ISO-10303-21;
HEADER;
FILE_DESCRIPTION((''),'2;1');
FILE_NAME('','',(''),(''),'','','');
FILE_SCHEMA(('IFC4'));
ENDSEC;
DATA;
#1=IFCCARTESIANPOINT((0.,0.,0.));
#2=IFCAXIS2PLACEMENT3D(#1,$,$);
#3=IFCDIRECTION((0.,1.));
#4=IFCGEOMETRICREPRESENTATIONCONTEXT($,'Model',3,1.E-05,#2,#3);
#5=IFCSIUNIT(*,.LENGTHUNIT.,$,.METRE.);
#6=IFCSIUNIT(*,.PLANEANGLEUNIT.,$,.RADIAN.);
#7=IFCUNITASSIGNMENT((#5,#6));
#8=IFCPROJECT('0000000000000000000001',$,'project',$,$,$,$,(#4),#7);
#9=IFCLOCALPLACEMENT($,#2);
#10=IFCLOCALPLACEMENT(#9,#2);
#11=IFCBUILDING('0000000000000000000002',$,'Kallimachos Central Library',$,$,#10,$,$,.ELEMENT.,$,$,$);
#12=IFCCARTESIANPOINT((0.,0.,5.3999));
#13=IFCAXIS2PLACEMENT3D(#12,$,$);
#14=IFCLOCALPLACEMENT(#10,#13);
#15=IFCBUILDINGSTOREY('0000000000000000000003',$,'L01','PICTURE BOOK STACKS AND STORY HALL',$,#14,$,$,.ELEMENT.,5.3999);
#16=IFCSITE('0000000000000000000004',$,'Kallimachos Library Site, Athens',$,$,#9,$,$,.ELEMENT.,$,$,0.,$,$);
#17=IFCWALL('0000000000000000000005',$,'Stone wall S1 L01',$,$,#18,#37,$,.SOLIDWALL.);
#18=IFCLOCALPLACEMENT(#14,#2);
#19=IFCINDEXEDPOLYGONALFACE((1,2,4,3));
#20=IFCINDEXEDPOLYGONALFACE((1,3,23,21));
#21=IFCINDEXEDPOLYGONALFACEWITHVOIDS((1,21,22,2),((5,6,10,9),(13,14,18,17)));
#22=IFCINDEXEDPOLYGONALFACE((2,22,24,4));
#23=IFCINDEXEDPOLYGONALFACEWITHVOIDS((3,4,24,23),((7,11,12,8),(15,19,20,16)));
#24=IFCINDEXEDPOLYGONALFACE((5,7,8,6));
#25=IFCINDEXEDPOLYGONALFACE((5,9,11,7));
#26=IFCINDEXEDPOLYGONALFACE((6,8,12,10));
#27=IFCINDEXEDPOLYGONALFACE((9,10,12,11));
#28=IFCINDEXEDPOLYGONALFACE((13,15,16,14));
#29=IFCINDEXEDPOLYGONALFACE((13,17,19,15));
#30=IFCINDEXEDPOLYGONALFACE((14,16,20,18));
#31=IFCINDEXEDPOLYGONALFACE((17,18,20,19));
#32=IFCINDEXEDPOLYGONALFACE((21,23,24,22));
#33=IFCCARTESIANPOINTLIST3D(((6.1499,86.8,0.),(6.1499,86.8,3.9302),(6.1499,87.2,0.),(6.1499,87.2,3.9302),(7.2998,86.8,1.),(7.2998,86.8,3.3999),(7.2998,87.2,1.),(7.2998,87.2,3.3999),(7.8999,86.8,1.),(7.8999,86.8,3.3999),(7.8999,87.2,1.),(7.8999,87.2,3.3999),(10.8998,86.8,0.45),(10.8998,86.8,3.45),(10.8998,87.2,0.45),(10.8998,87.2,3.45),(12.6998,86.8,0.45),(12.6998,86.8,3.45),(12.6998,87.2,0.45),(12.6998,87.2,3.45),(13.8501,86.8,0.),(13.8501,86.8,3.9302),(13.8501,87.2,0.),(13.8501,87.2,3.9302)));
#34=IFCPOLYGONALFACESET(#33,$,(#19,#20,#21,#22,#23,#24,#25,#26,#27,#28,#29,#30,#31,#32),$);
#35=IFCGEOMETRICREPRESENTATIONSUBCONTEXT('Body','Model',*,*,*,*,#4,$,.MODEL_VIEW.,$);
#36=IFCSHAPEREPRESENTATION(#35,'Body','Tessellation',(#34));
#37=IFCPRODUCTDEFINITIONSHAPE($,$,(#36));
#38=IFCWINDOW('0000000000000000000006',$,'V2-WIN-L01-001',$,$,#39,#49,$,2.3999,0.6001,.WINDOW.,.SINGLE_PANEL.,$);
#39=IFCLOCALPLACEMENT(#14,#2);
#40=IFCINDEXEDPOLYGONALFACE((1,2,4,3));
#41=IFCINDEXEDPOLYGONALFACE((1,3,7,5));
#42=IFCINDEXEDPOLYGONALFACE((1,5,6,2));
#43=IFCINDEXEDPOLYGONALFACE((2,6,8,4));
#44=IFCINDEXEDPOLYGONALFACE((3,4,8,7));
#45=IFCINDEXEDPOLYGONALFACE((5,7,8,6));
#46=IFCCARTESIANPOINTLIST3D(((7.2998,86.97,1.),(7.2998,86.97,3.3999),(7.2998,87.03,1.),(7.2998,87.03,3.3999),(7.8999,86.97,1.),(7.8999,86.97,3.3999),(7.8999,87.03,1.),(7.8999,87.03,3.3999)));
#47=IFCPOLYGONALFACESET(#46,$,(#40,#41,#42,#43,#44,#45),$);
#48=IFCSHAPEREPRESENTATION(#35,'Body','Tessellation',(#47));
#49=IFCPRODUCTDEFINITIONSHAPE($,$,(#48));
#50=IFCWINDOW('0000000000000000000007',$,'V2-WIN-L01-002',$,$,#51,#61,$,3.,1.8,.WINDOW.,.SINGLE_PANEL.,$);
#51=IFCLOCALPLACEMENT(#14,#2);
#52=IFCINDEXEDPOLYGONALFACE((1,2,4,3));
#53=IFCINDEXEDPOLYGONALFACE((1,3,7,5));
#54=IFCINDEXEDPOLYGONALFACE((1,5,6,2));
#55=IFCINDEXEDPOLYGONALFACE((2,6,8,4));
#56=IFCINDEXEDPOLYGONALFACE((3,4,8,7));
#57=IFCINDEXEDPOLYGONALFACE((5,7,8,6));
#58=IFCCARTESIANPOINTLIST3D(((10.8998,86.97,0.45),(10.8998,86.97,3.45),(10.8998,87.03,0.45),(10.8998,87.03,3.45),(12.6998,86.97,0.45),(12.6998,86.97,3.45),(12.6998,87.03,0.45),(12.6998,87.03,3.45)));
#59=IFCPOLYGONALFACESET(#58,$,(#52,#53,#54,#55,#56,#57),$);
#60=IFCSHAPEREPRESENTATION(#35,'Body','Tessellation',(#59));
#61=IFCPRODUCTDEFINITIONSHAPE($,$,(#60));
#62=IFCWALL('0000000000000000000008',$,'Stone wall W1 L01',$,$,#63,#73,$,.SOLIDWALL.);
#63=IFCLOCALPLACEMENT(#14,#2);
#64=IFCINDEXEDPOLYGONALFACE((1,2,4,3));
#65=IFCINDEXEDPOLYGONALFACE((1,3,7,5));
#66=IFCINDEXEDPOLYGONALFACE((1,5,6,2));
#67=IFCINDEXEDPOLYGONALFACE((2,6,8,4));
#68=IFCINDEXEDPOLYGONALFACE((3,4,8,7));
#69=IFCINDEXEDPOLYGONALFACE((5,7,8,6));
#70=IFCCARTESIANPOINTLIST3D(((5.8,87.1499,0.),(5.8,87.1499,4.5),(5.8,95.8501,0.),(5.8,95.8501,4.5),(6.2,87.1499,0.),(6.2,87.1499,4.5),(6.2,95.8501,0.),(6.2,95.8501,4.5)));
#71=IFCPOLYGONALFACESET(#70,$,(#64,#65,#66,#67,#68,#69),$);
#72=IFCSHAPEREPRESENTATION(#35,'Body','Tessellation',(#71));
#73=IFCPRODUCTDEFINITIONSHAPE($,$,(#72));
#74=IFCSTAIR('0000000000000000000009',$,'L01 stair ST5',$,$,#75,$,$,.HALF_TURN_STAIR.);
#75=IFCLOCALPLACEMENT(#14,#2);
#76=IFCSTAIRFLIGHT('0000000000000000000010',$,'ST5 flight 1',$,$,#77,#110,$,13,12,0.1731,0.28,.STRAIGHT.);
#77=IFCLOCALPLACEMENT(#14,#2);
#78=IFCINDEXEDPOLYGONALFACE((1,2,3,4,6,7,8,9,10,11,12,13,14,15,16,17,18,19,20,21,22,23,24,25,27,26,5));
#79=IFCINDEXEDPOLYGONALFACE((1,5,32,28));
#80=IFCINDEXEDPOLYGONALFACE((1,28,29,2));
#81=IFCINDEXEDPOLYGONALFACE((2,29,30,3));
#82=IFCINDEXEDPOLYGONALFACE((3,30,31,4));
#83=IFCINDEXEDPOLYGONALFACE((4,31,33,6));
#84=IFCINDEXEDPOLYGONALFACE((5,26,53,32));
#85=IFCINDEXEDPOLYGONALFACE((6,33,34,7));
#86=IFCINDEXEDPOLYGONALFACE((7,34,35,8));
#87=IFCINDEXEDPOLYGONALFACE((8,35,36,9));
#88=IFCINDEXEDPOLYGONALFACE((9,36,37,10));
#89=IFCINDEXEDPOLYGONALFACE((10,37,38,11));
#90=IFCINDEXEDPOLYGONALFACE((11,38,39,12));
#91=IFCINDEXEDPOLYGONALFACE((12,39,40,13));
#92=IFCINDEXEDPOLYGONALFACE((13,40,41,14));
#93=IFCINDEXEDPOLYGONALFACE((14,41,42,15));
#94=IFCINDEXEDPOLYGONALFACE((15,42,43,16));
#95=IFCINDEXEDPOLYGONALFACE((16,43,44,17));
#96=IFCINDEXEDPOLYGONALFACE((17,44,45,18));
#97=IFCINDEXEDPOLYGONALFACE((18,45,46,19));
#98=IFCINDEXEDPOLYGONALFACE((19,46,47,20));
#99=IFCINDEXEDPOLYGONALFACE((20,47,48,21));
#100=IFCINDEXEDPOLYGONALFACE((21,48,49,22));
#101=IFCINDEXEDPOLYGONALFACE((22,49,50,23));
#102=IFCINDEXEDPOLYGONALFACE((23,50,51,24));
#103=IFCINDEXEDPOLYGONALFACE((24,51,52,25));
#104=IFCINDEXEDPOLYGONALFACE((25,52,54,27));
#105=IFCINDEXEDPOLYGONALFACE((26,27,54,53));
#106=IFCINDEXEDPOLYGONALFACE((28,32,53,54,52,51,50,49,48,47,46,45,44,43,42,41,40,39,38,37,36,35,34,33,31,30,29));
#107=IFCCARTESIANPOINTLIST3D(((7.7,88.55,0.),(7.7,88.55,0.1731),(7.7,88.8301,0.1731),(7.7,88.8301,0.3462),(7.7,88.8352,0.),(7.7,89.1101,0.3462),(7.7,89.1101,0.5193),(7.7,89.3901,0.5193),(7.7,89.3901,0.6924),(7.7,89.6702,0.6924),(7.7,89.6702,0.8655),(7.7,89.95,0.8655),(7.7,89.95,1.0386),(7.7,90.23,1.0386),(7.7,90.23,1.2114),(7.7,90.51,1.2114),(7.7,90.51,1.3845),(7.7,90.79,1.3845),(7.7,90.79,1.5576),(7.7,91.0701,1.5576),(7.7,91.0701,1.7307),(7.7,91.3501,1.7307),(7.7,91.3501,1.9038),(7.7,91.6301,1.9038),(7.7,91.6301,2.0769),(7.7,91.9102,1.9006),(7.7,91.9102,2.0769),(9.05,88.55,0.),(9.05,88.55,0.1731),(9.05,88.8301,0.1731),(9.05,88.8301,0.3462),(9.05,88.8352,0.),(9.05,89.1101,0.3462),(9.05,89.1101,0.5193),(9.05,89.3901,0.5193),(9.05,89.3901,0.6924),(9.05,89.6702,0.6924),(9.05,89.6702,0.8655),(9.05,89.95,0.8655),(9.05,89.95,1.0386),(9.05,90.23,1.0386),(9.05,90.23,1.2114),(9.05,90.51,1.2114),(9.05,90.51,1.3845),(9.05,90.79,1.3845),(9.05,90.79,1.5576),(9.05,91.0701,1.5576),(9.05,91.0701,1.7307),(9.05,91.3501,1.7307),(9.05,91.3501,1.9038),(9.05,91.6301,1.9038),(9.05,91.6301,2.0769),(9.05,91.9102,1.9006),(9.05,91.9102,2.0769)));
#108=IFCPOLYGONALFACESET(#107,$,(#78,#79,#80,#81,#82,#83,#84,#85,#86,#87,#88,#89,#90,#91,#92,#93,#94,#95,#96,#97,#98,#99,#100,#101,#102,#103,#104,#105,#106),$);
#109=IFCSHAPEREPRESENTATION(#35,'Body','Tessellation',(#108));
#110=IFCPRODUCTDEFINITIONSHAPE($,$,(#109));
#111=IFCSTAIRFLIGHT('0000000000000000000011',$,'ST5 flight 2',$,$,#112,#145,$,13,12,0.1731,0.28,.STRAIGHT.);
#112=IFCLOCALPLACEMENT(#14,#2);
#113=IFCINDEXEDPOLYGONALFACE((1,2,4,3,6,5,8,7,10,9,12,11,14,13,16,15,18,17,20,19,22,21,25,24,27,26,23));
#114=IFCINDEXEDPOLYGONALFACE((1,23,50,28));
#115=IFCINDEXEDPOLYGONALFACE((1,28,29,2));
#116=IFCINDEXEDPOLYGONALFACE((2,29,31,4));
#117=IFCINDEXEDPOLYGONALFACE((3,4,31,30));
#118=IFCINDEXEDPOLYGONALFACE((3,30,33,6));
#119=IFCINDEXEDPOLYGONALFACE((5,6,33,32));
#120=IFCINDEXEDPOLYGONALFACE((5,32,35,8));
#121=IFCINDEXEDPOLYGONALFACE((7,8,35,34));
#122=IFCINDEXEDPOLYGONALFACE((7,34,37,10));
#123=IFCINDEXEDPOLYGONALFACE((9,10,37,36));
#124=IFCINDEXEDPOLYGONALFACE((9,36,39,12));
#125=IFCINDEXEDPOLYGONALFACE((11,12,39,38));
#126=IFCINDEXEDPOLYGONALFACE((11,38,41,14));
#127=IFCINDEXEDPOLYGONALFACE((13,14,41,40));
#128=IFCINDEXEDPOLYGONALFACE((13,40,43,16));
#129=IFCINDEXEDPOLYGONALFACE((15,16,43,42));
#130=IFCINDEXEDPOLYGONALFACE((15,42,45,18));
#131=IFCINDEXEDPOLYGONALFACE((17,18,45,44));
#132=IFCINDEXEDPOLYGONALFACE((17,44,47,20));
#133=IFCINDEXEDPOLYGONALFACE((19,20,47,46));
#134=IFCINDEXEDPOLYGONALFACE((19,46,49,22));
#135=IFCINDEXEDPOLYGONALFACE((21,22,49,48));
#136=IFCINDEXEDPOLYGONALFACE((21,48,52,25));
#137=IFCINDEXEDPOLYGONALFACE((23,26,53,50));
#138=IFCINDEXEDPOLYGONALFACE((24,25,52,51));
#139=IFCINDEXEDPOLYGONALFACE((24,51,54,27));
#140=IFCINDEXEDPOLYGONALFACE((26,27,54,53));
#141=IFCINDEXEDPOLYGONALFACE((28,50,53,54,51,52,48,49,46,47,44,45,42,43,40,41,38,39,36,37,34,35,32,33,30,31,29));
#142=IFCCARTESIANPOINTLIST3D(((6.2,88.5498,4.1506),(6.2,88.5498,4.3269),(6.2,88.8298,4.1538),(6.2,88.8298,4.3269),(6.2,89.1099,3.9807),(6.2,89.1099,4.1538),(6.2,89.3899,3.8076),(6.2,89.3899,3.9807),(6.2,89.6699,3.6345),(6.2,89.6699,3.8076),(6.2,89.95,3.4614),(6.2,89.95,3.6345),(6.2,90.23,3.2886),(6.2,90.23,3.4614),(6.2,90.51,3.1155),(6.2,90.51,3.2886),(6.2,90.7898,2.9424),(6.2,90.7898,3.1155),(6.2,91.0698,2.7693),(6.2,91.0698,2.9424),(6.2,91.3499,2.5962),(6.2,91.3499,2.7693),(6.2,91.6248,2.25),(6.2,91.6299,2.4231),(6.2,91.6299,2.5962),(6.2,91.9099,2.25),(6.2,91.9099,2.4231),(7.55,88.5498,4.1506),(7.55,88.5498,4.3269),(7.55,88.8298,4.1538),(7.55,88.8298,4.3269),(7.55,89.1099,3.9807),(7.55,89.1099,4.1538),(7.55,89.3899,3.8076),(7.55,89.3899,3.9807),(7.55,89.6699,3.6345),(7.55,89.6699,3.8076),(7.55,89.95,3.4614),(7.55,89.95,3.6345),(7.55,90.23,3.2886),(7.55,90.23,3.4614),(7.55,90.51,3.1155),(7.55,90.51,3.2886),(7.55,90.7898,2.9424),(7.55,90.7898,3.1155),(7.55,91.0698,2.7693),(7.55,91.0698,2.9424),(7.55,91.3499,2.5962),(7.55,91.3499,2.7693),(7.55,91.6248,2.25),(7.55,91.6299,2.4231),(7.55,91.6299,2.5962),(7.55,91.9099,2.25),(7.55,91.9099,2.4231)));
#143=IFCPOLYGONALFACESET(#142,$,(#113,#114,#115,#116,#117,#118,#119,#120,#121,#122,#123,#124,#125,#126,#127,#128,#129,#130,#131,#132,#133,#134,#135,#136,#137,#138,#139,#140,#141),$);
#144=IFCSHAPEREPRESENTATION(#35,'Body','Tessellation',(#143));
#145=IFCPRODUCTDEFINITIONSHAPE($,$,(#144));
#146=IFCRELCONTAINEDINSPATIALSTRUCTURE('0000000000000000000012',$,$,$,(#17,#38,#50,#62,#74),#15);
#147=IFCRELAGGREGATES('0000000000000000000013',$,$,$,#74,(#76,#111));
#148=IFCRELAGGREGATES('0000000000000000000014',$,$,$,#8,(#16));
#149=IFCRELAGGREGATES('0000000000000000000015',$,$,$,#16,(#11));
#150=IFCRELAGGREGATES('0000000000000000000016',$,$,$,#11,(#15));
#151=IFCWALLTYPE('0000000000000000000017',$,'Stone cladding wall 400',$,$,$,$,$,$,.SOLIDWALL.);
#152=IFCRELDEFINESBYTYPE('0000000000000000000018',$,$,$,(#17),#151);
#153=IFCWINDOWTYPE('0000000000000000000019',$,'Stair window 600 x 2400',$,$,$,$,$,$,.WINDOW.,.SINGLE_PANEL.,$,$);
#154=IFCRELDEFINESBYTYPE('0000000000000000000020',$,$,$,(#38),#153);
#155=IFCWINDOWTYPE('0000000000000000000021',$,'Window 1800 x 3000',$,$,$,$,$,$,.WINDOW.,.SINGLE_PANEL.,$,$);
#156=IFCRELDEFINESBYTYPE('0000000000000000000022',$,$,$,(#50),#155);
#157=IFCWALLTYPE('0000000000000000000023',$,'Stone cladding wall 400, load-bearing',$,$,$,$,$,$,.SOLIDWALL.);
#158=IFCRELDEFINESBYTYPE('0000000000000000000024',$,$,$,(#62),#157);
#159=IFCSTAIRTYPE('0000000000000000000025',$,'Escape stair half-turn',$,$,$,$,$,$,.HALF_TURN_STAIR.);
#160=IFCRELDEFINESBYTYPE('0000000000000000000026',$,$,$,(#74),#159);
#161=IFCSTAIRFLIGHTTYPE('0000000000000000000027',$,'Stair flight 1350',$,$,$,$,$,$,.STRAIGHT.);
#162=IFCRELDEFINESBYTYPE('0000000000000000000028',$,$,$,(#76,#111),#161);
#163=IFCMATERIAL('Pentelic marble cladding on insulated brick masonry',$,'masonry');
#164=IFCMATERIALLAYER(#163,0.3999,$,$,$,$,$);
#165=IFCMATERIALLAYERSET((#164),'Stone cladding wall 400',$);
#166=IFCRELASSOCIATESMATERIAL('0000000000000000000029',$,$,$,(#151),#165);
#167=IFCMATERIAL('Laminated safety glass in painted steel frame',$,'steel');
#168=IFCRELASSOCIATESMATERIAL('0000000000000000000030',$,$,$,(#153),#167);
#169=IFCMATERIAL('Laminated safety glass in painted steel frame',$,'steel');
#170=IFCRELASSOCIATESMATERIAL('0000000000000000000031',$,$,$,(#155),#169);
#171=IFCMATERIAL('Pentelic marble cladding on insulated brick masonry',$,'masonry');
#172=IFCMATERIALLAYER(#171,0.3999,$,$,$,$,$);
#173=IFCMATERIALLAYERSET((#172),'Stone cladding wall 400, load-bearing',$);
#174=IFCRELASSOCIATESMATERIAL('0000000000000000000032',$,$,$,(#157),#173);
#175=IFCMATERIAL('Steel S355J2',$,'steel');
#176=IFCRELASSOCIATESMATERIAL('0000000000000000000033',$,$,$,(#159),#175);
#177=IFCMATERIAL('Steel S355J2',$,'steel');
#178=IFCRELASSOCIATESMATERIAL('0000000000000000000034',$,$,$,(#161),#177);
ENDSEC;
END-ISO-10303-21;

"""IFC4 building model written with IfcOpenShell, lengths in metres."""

from ifc_helpers import new_model, si_unit, direction, frame, frame_2d, origin, place, context, subcontext, project, spatial, polyline, rectangle, outline, extrude, material, layer, layer_set, type_object, element, fill, aggregate, save


model = new_model("IFC4")

# Units and contexts
model_context = context("Model", 3, precision=1e-05, world=origin(), true_north=direction((0.0, 1.0)))
body_context = subcontext(model_context, "Body", "Model", "MODEL_VIEW")
ifc_project = project(units=[si_unit("LENGTHUNIT", "METRE"), si_unit("PLANEANGLEUNIT", "RADIAN")], contexts=[model_context])

# Site, building, storey
site_placement = place(None, origin())
site = spatial("IfcSite", under=ifc_project, at=site_placement, Name="Kallimachos Library Site, Athens", CompositionType="ELEMENT", RefElevation=0.0)
building_placement = place(site_placement, origin())
building = spatial("IfcBuilding", under=site, at=building_placement, Name="Kallimachos Central Library", CompositionType="ELEMENT")
storey_placement = place(building_placement, frame((0.0, 0.0, 5.3999)))
storey = spatial("IfcBuildingStorey", under=building, at=storey_placement, Name="L01", Description="PICTURE BOOK STACKS AND STORY HALL", CompositionType="ELEMENT", Elevation=5.3999)

# Wall, openings, windows
ifc_material_1 = material(Name="Pentelic marble cladding on insulated brick masonry", Category="masonry")
ifc_layer_1 = layer(ifc_material_1, 0.3999)
ifc_layer_set_1 = layer_set([ifc_layer_1], Name="Stone cladding wall 400")
wall_type_1 = type_object("IfcWallType", Name="Stone cladding wall 400", PredefinedType="SOLIDWALL", material=ifc_layer_set_1)
wall_1_placement = place(storey_placement, frame((6.1499, 87.0, 0.0), z_axis=(0.0, 0.0, 1.0), x_axis=(1.0, 0.0, 0.0)))
wall_1 = element("IfcWall", 1, at=wall_1_placement, inside=storey, type_object=wall_type_1, Name="Stone wall S1 L01", PredefinedType="SOLIDWALL", context=body_context, shape_type="SweptSolid", body=[
    extrude(rectangle(XDim=7.7002, YDim=0.3999, at=frame_2d((3.8501, 0.0))), origin(), (0.0, 0.0, 1.0), 3.9302),
])
opening_1_placement = place(wall_1_placement, frame((1.1499, 0.0, 1.0)))
opening_1 = element("IfcOpeningElement", 2, at=opening_1_placement, cuts=wall_1, PredefinedType="OPENING", context=body_context, shape_type="SweptSolid", body=[
    extrude(rectangle(XDim=0.6001, YDim=2.3999, at=frame_2d((0.3, 1.2))), frame((0.0, 0.21, 0.0), z_axis=(0.0, -1.0, 0.0), x_axis=(1.0, 0.0, 0.0)), (0.0, 0.0, 1.0), 0.4199),
])
opening_2_placement = place(wall_1_placement, frame((4.75, 0.0, 0.45)))
opening_2 = element("IfcOpeningElement", 3, at=opening_2_placement, cuts=wall_1, PredefinedType="OPENING", context=body_context, shape_type="SweptSolid", body=[
    extrude(rectangle(XDim=1.8, YDim=3.0, at=frame_2d((0.8999, 1.5))), frame((0.0, 0.21, 0.0), z_axis=(0.0, -1.0, 0.0), x_axis=(1.0, 0.0, 0.0)), (0.0, 0.0, 1.0), 0.4199),
])
ifc_material_2 = material(Name="Laminated safety glass in painted steel frame", Category="steel")
window_type_1 = type_object("IfcWindowType", Name="Stair window 600 x 2400", PartitioningType="SINGLE_PANEL", PredefinedType="WINDOW", material=ifc_material_2)
window_1_placement = place(opening_1_placement, origin())
window_1 = element("IfcWindow", 4, at=window_1_placement, inside=storey, type_object=window_type_1, Name="V2-WIN-L01-001", OverallHeight=2.3999, OverallWidth=0.6001, PartitioningType="SINGLE_PANEL", PredefinedType="WINDOW", context=body_context, shape_type="SweptSolid", body=[
    extrude(rectangle(XDim=0.6001, YDim=2.3999, at=frame_2d((0.3, 1.2))), frame((0.0, 0.03, 0.0), z_axis=(0.0, -1.0, 0.0), x_axis=(1.0, 0.0, 0.0)), (0.0, 0.0, 1.0), 0.0601),
])
fill(opening_1, window_1)
ifc_material_3 = material(Name="Laminated safety glass in painted steel frame", Category="steel")
window_type_2 = type_object("IfcWindowType", Name="Window 1800 x 3000", PartitioningType="SINGLE_PANEL", PredefinedType="WINDOW", material=ifc_material_3)
window_2_placement = place(opening_2_placement, origin())
window_2 = element("IfcWindow", 5, at=window_2_placement, inside=storey, type_object=window_type_2, Name="V2-WIN-L01-002", OverallHeight=3.0, OverallWidth=1.8, PartitioningType="SINGLE_PANEL", PredefinedType="WINDOW", context=body_context, shape_type="SweptSolid", body=[
    extrude(rectangle(XDim=1.8, YDim=3.0, at=frame_2d((0.8999, 1.5))), frame((0.0, 0.03, 0.0), z_axis=(0.0, -1.0, 0.0), x_axis=(1.0, 0.0, 0.0)), (0.0, 0.0, 1.0), 0.0601),
])
fill(opening_2, window_2)

# Wall
ifc_material_4 = material(Name="Pentelic marble cladding on insulated brick masonry", Category="masonry")
ifc_layer_2 = layer(ifc_material_4, 0.3999)
ifc_layer_set_2 = layer_set([ifc_layer_2], Name="Stone cladding wall 400, load-bearing")
wall_type_2 = type_object("IfcWallType", Name="Stone cladding wall 400, load-bearing", PredefinedType="SOLIDWALL", material=ifc_layer_set_2)
wall_2_placement = place(storey_placement, frame((6.0, 87.1499, 0.0), z_axis=(0.0, 0.0, 1.0), x_axis=(0.0, 1.0, 0.0)))
element("IfcWall", 6, at=wall_2_placement, inside=storey, type_object=wall_type_2, Name="Stone wall W1 L01", PredefinedType="SOLIDWALL", context=body_context, shape_type="SweptSolid", body=[
    extrude(rectangle(XDim=8.7002, YDim=0.3999, at=frame_2d((4.3501, 0.0))), origin(), (0.0, 0.0, 1.0), 4.5),
])

# Stair, stair flights
ifc_material_5 = material(Name="Steel S355J2", Category="steel")
stair_type = type_object("IfcStairType", Name="Escape stair half-turn", PredefinedType="HALF_TURN_STAIR", material=ifc_material_5)
stair_placement = place(storey_placement, origin())
stair = element("IfcStair", 7, at=stair_placement, inside=storey, type_object=stair_type, Name="L01 stair ST5", PredefinedType="HALF_TURN_STAIR")
ifc_material_6 = material(Name="Steel S355J2", Category="steel")
stair_flight_type = type_object("IfcStairFlightType", Name="Stair flight 1350", PredefinedType="STRAIGHT", material=ifc_material_6)
stair_flight_1_placement = place(storey_placement, frame((8.375, 88.55, 0.0), z_axis=(0.0, 0.0, 1.0), x_axis=(0.0, 1.0, 0.0)))
stair_flight_1 = element("IfcStairFlight", 8, at=stair_flight_1_placement, type_object=stair_flight_type, Name="ST5 flight 1", NumberOfRisers=13, NumberOfTreads=12, PredefinedType="STRAIGHT", RiserHeight=0.1731, TreadLength=0.28, context=body_context, shape_type="SweptSolid", body=[
    extrude(outline(polyline([(0.0, 0.0), (0.0, 0.1731), (0.28, 0.1731), (0.28, 0.3462), (0.5601, 0.3462), (0.5601, 0.5193), (0.8401, 0.5193), (0.8401, 0.6924), (1.1201, 0.6924), (1.1201, 0.8655), (1.3999, 0.8655), (1.3999, 1.0386), (1.6799, 1.0386), (1.6799, 1.2114), (1.96, 1.2114), (1.96, 1.3845), (2.24, 1.3845), (2.24, 1.5576), (2.52, 1.5576), (2.52, 1.7307), (2.8, 1.7307), (2.8, 1.9038), (3.0801, 1.9038), (3.0801, 2.0769), (3.3601, 2.0769), (3.3601, 2.25), (3.3601, 1.9006), (0.2852, 0.0), (0.0, 0.0)])), frame((0.0, 0.675, 0.0), z_axis=(0.0, -1.0, 0.0), x_axis=(1.0, 0.0, 0.0)), (0.0, 0.0, 1.0), 1.3501),
])
stair_flight_2_placement = place(storey_placement, frame((6.875, 91.9099, 2.25), z_axis=(0.0, 0.0, 1.0), x_axis=(0.0, -1.0, 0.0)))
stair_flight_2 = element("IfcStairFlight", 9, at=stair_flight_2_placement, type_object=stair_flight_type, Name="ST5 flight 2", NumberOfRisers=13, NumberOfTreads=12, PredefinedType="STRAIGHT", RiserHeight=0.1731, TreadLength=0.28, context=body_context, shape_type="SweptSolid", body=[
    extrude(outline(polyline([(0.0, 0.0), (0.0, 0.1731), (0.28, 0.1731), (0.28, 0.3462), (0.5601, 0.3462), (0.5601, 0.5193), (0.8401, 0.5193), (0.8401, 0.6924), (1.1201, 0.6924), (1.1201, 0.8655), (1.3999, 0.8655), (1.3999, 1.0386), (1.6799, 1.0386), (1.6799, 1.2114), (1.96, 1.2114), (1.96, 1.3845), (2.24, 1.3845), (2.24, 1.5576), (2.52, 1.5576), (2.52, 1.7307), (2.8, 1.7307), (2.8, 1.9038), (3.0801, 1.9038), (3.0801, 2.0769), (3.3601, 2.0769), (3.3601, 2.25), (3.3601, 1.9006), (0.2852, 0.0), (0.0, 0.0)])), frame((0.0, 0.675, 0.0), z_axis=(0.0, -1.0, 0.0), x_axis=(1.0, 0.0, 0.0)), (0.0, 0.0, 1.0), 1.3501),
])
aggregate(stair, [stair_flight_1, stair_flight_2])

save(model, "model.ifc")
